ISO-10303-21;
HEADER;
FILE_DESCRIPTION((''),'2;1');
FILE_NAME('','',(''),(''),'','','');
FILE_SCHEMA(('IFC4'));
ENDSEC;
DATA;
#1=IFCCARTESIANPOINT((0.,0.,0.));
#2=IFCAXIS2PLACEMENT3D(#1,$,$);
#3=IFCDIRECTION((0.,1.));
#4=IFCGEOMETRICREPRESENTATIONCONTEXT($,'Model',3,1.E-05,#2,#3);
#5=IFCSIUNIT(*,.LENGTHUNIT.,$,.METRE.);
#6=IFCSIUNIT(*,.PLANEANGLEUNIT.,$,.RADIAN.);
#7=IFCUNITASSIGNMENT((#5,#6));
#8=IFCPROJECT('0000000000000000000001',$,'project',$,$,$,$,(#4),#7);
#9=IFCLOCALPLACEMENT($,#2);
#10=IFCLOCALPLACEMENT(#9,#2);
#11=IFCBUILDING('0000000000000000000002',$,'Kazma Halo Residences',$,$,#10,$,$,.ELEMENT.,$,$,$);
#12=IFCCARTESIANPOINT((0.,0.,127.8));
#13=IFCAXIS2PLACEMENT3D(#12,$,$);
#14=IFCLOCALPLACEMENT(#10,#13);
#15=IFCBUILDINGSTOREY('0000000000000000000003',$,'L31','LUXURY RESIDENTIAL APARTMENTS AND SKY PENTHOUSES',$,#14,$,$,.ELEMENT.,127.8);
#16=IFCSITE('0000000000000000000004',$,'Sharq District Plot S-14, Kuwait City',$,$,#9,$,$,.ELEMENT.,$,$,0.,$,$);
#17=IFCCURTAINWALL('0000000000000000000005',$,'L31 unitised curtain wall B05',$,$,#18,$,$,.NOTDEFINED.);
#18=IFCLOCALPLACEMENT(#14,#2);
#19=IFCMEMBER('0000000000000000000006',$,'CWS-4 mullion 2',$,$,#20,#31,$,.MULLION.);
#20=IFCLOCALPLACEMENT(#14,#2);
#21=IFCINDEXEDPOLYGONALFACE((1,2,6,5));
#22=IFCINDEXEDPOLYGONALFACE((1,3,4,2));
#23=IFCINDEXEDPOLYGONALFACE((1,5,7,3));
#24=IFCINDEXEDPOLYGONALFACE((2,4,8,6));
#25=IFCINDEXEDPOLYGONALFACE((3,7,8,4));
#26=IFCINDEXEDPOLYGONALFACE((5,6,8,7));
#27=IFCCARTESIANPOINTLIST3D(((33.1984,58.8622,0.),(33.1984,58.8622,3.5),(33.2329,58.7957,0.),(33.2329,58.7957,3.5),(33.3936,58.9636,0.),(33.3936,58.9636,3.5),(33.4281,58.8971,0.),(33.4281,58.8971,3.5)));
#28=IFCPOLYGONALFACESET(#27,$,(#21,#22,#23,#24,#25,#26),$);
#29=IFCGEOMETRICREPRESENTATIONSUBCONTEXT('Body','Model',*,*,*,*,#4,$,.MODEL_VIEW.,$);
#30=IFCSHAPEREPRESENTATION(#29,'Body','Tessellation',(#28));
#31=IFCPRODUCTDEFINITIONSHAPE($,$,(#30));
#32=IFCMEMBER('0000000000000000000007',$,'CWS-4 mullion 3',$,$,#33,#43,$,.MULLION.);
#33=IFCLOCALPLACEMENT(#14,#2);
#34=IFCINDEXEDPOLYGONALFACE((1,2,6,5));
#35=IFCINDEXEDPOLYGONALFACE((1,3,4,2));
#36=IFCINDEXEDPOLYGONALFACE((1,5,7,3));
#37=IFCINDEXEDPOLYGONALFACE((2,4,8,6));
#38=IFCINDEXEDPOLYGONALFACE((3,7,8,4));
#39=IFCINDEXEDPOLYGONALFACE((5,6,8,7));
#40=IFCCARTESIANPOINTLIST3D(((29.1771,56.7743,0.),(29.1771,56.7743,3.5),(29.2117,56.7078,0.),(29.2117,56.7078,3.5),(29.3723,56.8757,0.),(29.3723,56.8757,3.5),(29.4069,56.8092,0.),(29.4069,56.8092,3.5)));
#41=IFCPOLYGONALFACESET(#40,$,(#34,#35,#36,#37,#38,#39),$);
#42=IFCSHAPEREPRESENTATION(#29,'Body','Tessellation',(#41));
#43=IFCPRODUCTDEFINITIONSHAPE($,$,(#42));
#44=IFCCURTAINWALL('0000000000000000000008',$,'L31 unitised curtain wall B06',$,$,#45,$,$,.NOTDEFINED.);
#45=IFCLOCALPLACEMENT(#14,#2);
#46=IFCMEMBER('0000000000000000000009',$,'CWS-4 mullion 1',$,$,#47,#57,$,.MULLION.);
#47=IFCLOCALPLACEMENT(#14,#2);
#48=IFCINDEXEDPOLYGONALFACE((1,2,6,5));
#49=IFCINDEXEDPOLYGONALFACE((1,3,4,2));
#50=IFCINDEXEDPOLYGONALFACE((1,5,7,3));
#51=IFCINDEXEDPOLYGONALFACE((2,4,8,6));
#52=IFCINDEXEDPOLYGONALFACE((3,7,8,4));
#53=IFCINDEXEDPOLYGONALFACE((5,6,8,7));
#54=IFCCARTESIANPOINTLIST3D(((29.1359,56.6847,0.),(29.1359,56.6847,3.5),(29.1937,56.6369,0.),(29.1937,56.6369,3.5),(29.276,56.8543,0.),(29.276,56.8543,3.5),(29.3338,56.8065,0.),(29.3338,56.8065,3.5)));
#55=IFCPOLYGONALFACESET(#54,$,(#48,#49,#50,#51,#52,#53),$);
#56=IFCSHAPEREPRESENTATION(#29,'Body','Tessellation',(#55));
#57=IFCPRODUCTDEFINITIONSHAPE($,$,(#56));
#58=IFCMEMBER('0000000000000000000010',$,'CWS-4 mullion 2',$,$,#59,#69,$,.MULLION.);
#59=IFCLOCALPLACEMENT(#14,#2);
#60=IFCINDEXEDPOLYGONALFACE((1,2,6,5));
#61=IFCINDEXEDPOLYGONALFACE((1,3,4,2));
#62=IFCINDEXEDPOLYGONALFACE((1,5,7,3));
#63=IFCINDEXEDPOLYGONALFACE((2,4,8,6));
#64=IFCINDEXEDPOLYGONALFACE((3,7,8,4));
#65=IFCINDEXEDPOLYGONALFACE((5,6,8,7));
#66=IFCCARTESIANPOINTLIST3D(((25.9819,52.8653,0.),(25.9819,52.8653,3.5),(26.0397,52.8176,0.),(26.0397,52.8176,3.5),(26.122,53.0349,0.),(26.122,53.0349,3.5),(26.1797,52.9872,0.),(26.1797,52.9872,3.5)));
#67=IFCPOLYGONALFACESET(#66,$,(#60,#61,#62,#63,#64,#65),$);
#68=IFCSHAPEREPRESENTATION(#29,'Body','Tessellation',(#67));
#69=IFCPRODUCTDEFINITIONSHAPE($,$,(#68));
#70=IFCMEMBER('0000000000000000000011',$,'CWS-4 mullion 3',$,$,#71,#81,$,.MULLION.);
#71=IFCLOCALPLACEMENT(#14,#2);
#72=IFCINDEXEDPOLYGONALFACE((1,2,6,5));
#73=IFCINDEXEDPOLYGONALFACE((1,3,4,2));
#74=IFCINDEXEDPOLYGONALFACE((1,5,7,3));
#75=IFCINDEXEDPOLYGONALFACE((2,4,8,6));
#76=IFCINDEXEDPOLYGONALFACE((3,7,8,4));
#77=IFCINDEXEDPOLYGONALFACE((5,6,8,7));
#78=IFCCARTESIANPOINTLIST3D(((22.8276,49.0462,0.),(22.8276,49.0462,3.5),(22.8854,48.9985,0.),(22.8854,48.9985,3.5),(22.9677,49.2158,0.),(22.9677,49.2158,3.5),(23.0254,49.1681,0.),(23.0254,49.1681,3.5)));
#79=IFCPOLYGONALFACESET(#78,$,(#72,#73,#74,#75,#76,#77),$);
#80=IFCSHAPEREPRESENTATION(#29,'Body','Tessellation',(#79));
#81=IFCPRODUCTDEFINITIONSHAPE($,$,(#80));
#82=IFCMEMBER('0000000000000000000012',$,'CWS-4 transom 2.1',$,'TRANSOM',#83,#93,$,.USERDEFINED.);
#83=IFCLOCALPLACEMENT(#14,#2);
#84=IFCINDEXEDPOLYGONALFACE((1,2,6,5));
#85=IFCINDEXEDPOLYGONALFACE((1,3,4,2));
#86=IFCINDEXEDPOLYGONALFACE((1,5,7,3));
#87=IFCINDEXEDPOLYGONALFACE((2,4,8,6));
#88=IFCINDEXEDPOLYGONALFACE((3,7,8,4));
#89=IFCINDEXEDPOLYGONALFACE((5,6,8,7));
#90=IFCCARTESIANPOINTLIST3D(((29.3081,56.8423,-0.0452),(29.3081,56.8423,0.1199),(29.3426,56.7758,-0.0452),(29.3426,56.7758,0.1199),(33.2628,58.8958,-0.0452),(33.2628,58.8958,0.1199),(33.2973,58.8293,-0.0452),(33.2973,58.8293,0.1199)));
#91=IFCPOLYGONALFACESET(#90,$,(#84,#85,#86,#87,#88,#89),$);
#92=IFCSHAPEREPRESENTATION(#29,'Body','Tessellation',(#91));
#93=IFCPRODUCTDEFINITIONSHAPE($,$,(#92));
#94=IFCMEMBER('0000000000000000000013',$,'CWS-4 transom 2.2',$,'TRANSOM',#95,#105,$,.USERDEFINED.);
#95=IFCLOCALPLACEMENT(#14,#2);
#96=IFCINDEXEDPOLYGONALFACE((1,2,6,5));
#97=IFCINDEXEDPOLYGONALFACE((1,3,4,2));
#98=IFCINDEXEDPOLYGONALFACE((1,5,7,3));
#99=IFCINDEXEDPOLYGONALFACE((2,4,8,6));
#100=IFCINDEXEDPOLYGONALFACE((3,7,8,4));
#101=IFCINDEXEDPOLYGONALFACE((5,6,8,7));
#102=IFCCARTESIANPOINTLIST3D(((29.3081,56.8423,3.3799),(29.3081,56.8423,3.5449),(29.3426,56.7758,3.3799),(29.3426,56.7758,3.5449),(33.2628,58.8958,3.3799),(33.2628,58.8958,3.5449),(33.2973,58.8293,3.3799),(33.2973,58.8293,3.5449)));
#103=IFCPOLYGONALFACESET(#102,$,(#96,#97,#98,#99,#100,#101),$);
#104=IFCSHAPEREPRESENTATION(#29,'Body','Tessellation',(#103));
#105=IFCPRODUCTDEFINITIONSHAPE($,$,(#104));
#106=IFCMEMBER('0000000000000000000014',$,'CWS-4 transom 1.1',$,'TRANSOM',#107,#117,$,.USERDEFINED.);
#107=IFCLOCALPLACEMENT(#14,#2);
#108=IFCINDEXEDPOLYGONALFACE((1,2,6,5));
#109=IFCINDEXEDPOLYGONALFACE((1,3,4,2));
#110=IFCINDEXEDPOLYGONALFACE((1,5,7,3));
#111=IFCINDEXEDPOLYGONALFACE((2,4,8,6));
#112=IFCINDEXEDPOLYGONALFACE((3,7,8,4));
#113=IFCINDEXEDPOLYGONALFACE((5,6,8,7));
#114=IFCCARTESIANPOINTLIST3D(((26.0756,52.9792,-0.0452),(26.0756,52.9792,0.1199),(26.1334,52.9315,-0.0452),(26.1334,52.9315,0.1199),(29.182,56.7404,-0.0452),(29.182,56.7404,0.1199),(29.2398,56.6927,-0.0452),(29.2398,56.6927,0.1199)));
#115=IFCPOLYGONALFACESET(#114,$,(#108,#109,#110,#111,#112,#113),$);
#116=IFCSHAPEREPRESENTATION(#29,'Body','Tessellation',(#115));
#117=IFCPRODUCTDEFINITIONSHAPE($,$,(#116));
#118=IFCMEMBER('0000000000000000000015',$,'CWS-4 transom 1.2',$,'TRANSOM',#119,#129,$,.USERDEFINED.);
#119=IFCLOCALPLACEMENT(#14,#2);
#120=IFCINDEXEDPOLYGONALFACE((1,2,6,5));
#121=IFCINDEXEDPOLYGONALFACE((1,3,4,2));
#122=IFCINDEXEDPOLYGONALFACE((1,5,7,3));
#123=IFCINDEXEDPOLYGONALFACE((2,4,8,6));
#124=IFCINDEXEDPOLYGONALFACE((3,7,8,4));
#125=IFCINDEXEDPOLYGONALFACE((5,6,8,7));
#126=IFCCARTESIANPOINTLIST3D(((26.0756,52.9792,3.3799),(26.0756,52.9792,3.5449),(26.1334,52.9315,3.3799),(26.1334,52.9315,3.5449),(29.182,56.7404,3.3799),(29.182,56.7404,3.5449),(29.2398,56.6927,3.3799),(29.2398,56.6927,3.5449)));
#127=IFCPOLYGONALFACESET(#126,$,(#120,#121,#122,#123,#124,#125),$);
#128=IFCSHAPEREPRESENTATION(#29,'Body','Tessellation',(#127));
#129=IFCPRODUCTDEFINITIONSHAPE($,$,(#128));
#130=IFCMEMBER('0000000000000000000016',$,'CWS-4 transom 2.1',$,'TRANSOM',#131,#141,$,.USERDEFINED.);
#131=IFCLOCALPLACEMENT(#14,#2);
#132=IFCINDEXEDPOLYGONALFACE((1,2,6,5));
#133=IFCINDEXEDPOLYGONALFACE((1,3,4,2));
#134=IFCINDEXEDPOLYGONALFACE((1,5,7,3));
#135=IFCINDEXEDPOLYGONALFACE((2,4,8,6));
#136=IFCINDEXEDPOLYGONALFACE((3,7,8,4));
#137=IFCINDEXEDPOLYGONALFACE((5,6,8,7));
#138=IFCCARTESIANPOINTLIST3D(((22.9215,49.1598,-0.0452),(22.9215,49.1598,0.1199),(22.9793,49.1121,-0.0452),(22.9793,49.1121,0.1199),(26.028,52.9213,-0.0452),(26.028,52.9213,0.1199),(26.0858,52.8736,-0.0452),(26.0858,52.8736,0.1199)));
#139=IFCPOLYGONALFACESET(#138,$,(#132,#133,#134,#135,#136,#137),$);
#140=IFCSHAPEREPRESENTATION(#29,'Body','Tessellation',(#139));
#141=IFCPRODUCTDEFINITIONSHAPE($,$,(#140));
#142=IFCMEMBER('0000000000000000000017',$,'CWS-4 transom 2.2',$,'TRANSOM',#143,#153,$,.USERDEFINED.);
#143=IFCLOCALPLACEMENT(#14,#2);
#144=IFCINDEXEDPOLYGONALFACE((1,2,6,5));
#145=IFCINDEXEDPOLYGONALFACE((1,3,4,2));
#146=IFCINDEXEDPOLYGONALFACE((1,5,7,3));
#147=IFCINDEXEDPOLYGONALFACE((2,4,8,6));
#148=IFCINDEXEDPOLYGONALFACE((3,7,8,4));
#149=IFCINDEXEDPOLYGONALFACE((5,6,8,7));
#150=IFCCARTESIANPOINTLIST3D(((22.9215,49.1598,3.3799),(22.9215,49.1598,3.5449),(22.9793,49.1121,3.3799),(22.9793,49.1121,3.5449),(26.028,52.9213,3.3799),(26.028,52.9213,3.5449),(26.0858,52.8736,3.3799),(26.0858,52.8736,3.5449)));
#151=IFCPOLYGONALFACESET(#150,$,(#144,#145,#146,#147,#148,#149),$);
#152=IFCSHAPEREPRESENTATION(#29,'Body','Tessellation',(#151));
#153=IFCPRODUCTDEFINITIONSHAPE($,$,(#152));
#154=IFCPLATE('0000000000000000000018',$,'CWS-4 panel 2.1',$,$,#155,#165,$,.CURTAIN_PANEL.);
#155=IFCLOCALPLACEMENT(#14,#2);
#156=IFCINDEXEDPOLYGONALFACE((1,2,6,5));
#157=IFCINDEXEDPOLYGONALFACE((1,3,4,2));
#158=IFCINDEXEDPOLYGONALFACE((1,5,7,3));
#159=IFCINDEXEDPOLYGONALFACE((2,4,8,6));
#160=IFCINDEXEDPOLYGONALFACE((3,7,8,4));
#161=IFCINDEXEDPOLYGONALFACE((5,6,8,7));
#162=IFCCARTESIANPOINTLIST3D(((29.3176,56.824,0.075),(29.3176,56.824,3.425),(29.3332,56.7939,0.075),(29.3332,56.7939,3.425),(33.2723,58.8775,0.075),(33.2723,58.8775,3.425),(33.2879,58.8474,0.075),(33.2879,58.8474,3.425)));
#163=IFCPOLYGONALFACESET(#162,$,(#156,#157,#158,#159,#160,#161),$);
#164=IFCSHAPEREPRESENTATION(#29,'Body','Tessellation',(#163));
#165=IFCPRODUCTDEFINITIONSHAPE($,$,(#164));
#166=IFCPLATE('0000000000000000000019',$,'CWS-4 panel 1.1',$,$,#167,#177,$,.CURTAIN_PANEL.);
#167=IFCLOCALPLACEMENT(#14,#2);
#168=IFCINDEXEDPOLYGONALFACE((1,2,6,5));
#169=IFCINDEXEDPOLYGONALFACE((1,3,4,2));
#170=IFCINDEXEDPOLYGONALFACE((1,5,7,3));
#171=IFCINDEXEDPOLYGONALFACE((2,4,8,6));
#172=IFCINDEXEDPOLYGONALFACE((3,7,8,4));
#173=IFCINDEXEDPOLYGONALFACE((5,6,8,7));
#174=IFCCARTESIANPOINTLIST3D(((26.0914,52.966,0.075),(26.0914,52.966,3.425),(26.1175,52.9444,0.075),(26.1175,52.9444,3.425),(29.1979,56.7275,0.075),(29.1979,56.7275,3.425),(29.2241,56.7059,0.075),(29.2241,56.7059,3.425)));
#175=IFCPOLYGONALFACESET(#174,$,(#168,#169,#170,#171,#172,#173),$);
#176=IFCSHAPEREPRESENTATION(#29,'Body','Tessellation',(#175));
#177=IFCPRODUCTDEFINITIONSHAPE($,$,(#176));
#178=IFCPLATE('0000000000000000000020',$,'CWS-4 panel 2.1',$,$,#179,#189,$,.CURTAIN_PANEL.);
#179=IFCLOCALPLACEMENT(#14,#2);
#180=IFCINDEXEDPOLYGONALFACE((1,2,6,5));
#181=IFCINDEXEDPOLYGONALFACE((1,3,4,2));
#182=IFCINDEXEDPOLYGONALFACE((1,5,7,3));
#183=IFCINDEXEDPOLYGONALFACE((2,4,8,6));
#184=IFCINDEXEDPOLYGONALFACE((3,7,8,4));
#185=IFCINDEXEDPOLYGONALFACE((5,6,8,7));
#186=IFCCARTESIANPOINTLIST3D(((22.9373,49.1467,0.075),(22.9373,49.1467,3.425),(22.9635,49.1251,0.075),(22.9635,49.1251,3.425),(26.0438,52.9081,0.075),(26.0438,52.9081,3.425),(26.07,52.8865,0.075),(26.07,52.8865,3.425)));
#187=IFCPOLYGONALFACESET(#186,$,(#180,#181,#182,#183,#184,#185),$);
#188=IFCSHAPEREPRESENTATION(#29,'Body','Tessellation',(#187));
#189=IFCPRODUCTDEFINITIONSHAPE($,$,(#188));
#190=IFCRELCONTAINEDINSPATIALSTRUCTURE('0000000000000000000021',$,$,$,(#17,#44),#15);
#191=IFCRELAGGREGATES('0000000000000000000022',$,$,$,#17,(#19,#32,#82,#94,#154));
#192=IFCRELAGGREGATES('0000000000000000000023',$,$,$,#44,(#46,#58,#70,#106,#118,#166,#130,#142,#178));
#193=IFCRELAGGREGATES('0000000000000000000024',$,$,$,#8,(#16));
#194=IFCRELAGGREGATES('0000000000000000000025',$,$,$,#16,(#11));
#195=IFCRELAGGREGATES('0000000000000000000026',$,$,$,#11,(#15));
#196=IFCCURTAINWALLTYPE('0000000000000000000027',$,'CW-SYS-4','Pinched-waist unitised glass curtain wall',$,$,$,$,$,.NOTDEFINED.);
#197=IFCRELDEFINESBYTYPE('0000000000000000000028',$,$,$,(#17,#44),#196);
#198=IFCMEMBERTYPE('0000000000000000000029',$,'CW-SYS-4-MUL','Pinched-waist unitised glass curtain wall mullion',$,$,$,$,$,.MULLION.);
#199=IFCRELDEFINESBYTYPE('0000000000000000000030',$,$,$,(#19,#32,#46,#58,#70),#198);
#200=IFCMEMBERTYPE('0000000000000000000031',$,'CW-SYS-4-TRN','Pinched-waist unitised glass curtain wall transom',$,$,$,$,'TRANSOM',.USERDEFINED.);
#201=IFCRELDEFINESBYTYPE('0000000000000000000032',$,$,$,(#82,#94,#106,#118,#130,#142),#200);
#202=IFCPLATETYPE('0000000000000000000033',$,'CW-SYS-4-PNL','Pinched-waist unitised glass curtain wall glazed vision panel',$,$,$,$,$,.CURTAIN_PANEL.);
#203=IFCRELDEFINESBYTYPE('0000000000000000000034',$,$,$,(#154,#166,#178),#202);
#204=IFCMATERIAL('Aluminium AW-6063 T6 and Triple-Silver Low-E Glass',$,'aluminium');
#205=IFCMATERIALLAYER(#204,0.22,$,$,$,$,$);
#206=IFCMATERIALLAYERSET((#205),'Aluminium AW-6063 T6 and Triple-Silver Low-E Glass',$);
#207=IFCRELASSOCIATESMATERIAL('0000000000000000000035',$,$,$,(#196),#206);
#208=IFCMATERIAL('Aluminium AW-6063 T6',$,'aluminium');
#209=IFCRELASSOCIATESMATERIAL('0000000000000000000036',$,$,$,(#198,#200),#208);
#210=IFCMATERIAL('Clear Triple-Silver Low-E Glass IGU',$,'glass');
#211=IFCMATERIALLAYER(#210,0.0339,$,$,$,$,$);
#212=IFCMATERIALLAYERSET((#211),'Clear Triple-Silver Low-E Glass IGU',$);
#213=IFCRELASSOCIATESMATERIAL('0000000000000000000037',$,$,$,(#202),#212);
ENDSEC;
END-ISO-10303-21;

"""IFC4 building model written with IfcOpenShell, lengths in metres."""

from ifc_helpers import new_model, si_unit, direction, frame, origin, origin_2d, place, context, subcontext, project, spatial, rectangle, extrude, material, layer, layer_set, material_profile, profile_set, type_object, element, aggregate, save


model = new_model("IFC4")

# Units and contexts
model_context = context("Model", 3, precision=1e-05, world=origin(), true_north=direction((0.0, 1.0)))
body_context = subcontext(model_context, "Body", "Model", "MODEL_VIEW")
ifc_project = project(units=[si_unit("LENGTHUNIT", "METRE"), si_unit("PLANEANGLEUNIT", "RADIAN")], contexts=[model_context])

# Site, building, storey
site_placement = place(None, origin())
site = spatial("IfcSite", under=ifc_project, at=site_placement, Name="Sharq District Plot S-14, Kuwait City", CompositionType="ELEMENT", RefElevation=0.0)
building_placement = place(site_placement, origin())
building = spatial("IfcBuilding", under=site, at=building_placement, Name="Kazma Halo Residences", CompositionType="ELEMENT")
storey_placement = place(building_placement, frame((0.0, 0.0, 127.8)))
storey = spatial("IfcBuildingStorey", under=building, at=storey_placement, Name="L31", Description="LUXURY RESIDENTIAL APARTMENTS AND SKY PENTHOUSES", CompositionType="ELEMENT", Elevation=127.8)

# Curtain walls, members
ifc_material_1 = material(Name="Aluminium AW-6063 T6 and Triple-Silver Low-E Glass", Category="aluminium")
ifc_layer_1 = layer(ifc_material_1, 0.22)
ifc_layer_set_1 = layer_set([ifc_layer_1], Name="Aluminium AW-6063 T6 and Triple-Silver Low-E Glass")
curtain_wall_type = type_object("IfcCurtainWallType", Name="CW-SYS-4", Description="Pinched-waist unitised glass curtain wall", PredefinedType="NOTDEFINED", material=ifc_layer_set_1)
curtain_wall_1_placement = place(storey_placement, origin())
curtain_wall_1 = element("IfcCurtainWall", 1, at=curtain_wall_1_placement, inside=storey, type_object=curtain_wall_type, Name="L31 unitised curtain wall B05", PredefinedType="NOTDEFINED")
ifc_material_2 = material(Name="Aluminium AW-6063 T6", Category="aluminium")
ifc_material_profile_1 = material_profile(ifc_material_2, rectangle(XDim=0.075, YDim=0.22, at=origin_2d()), Name="CWM-75x220")
ifc_profile_set_1 = profile_set([ifc_material_profile_1], Name="Aluminium AW-6063 T6")
member_type_1 = type_object("IfcMemberType", Name="CW-SYS-4-MUL", Description="Pinched-waist unitised glass curtain wall mullion", PredefinedType="MULLION", material=ifc_profile_set_1)
member_1_placement = place(storey_placement, frame((33.3132, 58.8796, 0.0), z_axis=(0.0, 0.0, 1.0), x_axis=(0.460837, -0.887485, 0.0)))
member_1 = element("IfcMember", 2, at=member_1_placement, type_object=member_type_1, Name="CWS-4 mullion 2", PredefinedType="MULLION", context=body_context, shape_type="SweptSolid", body=[
    extrude(rectangle(XDim=0.075, YDim=0.22, at=origin_2d()), origin(), (0.0, 0.0, 1.0), 3.5),
])
member_2_placement = place(storey_placement, frame((29.292, 56.7917, 0.0), z_axis=(0.0, 0.0, 1.0), x_axis=(0.460837, -0.887485, 0.0)))
member_2 = element("IfcMember", 3, at=member_2_placement, type_object=member_type_1, Name="CWS-4 mullion 3", PredefinedType="MULLION", context=body_context, shape_type="SweptSolid", body=[
    extrude(rectangle(XDim=0.075, YDim=0.22, at=origin_2d()), origin(), (0.0, 0.0, 1.0), 3.5),
])
curtain_wall_2_placement = place(storey_placement, origin())
curtain_wall_2 = element("IfcCurtainWall", 4, at=curtain_wall_2_placement, inside=storey, type_object=curtain_wall_type, Name="L31 unitised curtain wall B06", PredefinedType="NOTDEFINED")
member_3_placement = place(storey_placement, frame((29.2349, 56.7456, 0.0), z_axis=(0.0, 0.0, 1.0), x_axis=(0.771037, -0.63679, 0.0)))
member_3 = element("IfcMember", 5, at=member_3_placement, type_object=member_type_1, Name="CWS-4 mullion 1", PredefinedType="MULLION", context=body_context, shape_type="SweptSolid", body=[
    extrude(rectangle(XDim=0.075, YDim=0.22, at=origin_2d()), origin(), (0.0, 0.0, 1.0), 3.5),
])
member_4_placement = place(storey_placement, frame((26.0808, 52.9263, 0.0), z_axis=(0.0, 0.0, 1.0), x_axis=(0.771037, -0.63679, 0.0)))
member_4 = element("IfcMember", 6, at=member_4_placement, type_object=member_type_1, Name="CWS-4 mullion 2", PredefinedType="MULLION", context=body_context, shape_type="SweptSolid", body=[
    extrude(rectangle(XDim=0.075, YDim=0.22, at=origin_2d()), origin(), (0.0, 0.0, 1.0), 3.5),
])
member_5_placement = place(storey_placement, frame((22.9265, 49.1072, 0.0), z_axis=(0.0, 0.0, 1.0), x_axis=(0.771037, -0.63679, 0.0)))
member_5 = element("IfcMember", 7, at=member_5_placement, type_object=member_type_1, Name="CWS-4 mullion 3", PredefinedType="MULLION", context=body_context, shape_type="SweptSolid", body=[
    extrude(rectangle(XDim=0.075, YDim=0.22, at=origin_2d()), origin(), (0.0, 0.0, 1.0), 3.5),
])

# Members
ifc_material_profile_2 = material_profile(ifc_material_2, rectangle(XDim=0.075, YDim=0.165, at=origin_2d()), Name="CWT-75x165")
ifc_profile_set_2 = profile_set([ifc_material_profile_2], Name="Aluminium AW-6063 T6")
member_type_2 = type_object("IfcMemberType", Name="CW-SYS-4-TRN", Description="Pinched-waist unitised glass curtain wall transom", ElementType="TRANSOM", PredefinedType="USERDEFINED", material=ifc_profile_set_2)
member_6_placement = place(storey_placement, frame((33.28, 58.8625, 0.0374), z_axis=(-0.887485, -0.460837, 0.0), x_axis=(0.460837, -0.887485, 0.0)))
member_6 = element("IfcMember", 8, at=member_6_placement, type_object=member_type_2, Name="CWS-4 transom 2.1", ObjectType="TRANSOM", PredefinedType="USERDEFINED", context=body_context, shape_type="SweptSolid", body=[
    extrude(rectangle(XDim=0.075, YDim=0.165, at=origin_2d()), origin(), (0.0, 0.0, 1.0), 4.4561),
])
member_7_placement = place(storey_placement, frame((33.28, 58.8625, 3.4624), z_axis=(-0.887485, -0.460837, 0.0), x_axis=(0.460837, -0.887485, 0.0)))
member_7 = element("IfcMember", 9, at=member_7_placement, type_object=member_type_2, Name="CWS-4 transom 2.2", ObjectType="TRANSOM", PredefinedType="USERDEFINED", context=body_context, shape_type="SweptSolid", body=[
    extrude(rectangle(XDim=0.075, YDim=0.165, at=origin_2d()), origin(), (0.0, 0.0, 1.0), 4.4561),
])
member_8_placement = place(storey_placement, frame((29.2109, 56.7166, 0.0374), z_axis=(-0.636801, -0.771028, 0.0), x_axis=(0.771028, -0.636801, 0.0)))
member_8 = element("IfcMember", 10, at=member_8_placement, type_object=member_type_2, Name="CWS-4 transom 1.1", ObjectType="TRANSOM", PredefinedType="USERDEFINED", context=body_context, shape_type="SweptSolid", body=[
    extrude(rectangle(XDim=0.075, YDim=0.165, at=origin_2d()), origin(), (0.0, 0.0, 1.0), 4.8782),
])
member_9_placement = place(storey_placement, frame((29.2109, 56.7166, 3.4624), z_axis=(-0.636801, -0.771028, 0.0), x_axis=(0.771028, -0.636801, 0.0)))
member_9 = element("IfcMember", 11, at=member_9_placement, type_object=member_type_2, Name="CWS-4 transom 1.2", ObjectType="TRANSOM", PredefinedType="USERDEFINED", context=body_context, shape_type="SweptSolid", body=[
    extrude(rectangle(XDim=0.075, YDim=0.165, at=origin_2d()), origin(), (0.0, 0.0, 1.0), 4.8782),
])
member_10_placement = place(storey_placement, frame((26.0569, 52.8975, 0.0374), z_axis=(-0.636777, -0.771048, 0.0), x_axis=(0.771048, -0.636777, 0.0)))
member_10 = element("IfcMember", 12, at=member_10_placement, type_object=member_type_2, Name="CWS-4 transom 2.1", ObjectType="TRANSOM", PredefinedType="USERDEFINED", context=body_context, shape_type="SweptSolid", body=[
    extrude(rectangle(XDim=0.075, YDim=0.165, at=origin_2d()), origin(), (0.0, 0.0, 1.0), 4.8784),
])
member_11_placement = place(storey_placement, frame((26.0569, 52.8975, 3.4624), z_axis=(-0.636777, -0.771048, 0.0), x_axis=(0.771048, -0.636777, 0.0)))
member_11 = element("IfcMember", 13, at=member_11_placement, type_object=member_type_2, Name="CWS-4 transom 2.2", ObjectType="TRANSOM", PredefinedType="USERDEFINED", context=body_context, shape_type="SweptSolid", body=[
    extrude(rectangle(XDim=0.075, YDim=0.165, at=origin_2d()), origin(), (0.0, 0.0, 1.0), 4.8784),
])

# Plates
ifc_material_3 = material(Name="Clear Triple-Silver Low-E Glass IGU", Category="glass")
ifc_layer_2 = layer(ifc_material_3, 0.0339)
ifc_layer_set_2 = layer_set([ifc_layer_2], Name="Clear Triple-Silver Low-E Glass IGU")
plate_type = type_object("IfcPlateType", Name="CW-SYS-4-PNL", Description="Pinched-waist unitised glass curtain wall glazed vision panel", PredefinedType="CURTAIN_PANEL", material=ifc_layer_set_2)
plate_1_placement = place(storey_placement, frame((31.3027, 57.8357, 0.075), z_axis=(0.0, 0.0, 1.0), x_axis=(-0.887485, -0.460837, 0.0)))
plate_1 = element("IfcPlate", 14, at=plate_1_placement, type_object=plate_type, Name="CWS-4 panel 2.1", PredefinedType="CURTAIN_PANEL", context=body_context, shape_type="SweptSolid", body=[
    extrude(rectangle(XDim=4.4561, YDim=0.0339, at=origin_2d()), origin(), (0.0, 0.0, 1.0), 3.3501),
])
aggregate(curtain_wall_1, [member_1, member_2, member_6, member_7, plate_1])
plate_2_placement = place(storey_placement, frame((27.6577, 54.8359, 0.075), z_axis=(0.0, 0.0, 1.0), x_axis=(-0.63679, -0.771037, 0.0)))
plate_2 = element("IfcPlate", 15, at=plate_2_placement, type_object=plate_type, Name="CWS-4 panel 1.1", PredefinedType="CURTAIN_PANEL", context=body_context, shape_type="SweptSolid", body=[
    extrude(rectangle(XDim=4.8784, YDim=0.0339, at=origin_2d()), origin(), (0.0, 0.0, 1.0), 3.3501),
])
plate_3_placement = place(storey_placement, frame((24.5037, 51.0166, 0.075), z_axis=(0.0, 0.0, 1.0), x_axis=(-0.63679, -0.771037, 0.0)))
plate_3 = element("IfcPlate", 16, at=plate_3_placement, type_object=plate_type, Name="CWS-4 panel 2.1", PredefinedType="CURTAIN_PANEL", context=body_context, shape_type="SweptSolid", body=[
    extrude(rectangle(XDim=4.8784, YDim=0.0339, at=origin_2d()), origin(), (0.0, 0.0, 1.0), 3.3501),
])
aggregate(curtain_wall_2, [member_3, member_4, member_5, member_8, member_9, plate_2, member_10, member_11, plate_3])

save(model, "model.ifc")
